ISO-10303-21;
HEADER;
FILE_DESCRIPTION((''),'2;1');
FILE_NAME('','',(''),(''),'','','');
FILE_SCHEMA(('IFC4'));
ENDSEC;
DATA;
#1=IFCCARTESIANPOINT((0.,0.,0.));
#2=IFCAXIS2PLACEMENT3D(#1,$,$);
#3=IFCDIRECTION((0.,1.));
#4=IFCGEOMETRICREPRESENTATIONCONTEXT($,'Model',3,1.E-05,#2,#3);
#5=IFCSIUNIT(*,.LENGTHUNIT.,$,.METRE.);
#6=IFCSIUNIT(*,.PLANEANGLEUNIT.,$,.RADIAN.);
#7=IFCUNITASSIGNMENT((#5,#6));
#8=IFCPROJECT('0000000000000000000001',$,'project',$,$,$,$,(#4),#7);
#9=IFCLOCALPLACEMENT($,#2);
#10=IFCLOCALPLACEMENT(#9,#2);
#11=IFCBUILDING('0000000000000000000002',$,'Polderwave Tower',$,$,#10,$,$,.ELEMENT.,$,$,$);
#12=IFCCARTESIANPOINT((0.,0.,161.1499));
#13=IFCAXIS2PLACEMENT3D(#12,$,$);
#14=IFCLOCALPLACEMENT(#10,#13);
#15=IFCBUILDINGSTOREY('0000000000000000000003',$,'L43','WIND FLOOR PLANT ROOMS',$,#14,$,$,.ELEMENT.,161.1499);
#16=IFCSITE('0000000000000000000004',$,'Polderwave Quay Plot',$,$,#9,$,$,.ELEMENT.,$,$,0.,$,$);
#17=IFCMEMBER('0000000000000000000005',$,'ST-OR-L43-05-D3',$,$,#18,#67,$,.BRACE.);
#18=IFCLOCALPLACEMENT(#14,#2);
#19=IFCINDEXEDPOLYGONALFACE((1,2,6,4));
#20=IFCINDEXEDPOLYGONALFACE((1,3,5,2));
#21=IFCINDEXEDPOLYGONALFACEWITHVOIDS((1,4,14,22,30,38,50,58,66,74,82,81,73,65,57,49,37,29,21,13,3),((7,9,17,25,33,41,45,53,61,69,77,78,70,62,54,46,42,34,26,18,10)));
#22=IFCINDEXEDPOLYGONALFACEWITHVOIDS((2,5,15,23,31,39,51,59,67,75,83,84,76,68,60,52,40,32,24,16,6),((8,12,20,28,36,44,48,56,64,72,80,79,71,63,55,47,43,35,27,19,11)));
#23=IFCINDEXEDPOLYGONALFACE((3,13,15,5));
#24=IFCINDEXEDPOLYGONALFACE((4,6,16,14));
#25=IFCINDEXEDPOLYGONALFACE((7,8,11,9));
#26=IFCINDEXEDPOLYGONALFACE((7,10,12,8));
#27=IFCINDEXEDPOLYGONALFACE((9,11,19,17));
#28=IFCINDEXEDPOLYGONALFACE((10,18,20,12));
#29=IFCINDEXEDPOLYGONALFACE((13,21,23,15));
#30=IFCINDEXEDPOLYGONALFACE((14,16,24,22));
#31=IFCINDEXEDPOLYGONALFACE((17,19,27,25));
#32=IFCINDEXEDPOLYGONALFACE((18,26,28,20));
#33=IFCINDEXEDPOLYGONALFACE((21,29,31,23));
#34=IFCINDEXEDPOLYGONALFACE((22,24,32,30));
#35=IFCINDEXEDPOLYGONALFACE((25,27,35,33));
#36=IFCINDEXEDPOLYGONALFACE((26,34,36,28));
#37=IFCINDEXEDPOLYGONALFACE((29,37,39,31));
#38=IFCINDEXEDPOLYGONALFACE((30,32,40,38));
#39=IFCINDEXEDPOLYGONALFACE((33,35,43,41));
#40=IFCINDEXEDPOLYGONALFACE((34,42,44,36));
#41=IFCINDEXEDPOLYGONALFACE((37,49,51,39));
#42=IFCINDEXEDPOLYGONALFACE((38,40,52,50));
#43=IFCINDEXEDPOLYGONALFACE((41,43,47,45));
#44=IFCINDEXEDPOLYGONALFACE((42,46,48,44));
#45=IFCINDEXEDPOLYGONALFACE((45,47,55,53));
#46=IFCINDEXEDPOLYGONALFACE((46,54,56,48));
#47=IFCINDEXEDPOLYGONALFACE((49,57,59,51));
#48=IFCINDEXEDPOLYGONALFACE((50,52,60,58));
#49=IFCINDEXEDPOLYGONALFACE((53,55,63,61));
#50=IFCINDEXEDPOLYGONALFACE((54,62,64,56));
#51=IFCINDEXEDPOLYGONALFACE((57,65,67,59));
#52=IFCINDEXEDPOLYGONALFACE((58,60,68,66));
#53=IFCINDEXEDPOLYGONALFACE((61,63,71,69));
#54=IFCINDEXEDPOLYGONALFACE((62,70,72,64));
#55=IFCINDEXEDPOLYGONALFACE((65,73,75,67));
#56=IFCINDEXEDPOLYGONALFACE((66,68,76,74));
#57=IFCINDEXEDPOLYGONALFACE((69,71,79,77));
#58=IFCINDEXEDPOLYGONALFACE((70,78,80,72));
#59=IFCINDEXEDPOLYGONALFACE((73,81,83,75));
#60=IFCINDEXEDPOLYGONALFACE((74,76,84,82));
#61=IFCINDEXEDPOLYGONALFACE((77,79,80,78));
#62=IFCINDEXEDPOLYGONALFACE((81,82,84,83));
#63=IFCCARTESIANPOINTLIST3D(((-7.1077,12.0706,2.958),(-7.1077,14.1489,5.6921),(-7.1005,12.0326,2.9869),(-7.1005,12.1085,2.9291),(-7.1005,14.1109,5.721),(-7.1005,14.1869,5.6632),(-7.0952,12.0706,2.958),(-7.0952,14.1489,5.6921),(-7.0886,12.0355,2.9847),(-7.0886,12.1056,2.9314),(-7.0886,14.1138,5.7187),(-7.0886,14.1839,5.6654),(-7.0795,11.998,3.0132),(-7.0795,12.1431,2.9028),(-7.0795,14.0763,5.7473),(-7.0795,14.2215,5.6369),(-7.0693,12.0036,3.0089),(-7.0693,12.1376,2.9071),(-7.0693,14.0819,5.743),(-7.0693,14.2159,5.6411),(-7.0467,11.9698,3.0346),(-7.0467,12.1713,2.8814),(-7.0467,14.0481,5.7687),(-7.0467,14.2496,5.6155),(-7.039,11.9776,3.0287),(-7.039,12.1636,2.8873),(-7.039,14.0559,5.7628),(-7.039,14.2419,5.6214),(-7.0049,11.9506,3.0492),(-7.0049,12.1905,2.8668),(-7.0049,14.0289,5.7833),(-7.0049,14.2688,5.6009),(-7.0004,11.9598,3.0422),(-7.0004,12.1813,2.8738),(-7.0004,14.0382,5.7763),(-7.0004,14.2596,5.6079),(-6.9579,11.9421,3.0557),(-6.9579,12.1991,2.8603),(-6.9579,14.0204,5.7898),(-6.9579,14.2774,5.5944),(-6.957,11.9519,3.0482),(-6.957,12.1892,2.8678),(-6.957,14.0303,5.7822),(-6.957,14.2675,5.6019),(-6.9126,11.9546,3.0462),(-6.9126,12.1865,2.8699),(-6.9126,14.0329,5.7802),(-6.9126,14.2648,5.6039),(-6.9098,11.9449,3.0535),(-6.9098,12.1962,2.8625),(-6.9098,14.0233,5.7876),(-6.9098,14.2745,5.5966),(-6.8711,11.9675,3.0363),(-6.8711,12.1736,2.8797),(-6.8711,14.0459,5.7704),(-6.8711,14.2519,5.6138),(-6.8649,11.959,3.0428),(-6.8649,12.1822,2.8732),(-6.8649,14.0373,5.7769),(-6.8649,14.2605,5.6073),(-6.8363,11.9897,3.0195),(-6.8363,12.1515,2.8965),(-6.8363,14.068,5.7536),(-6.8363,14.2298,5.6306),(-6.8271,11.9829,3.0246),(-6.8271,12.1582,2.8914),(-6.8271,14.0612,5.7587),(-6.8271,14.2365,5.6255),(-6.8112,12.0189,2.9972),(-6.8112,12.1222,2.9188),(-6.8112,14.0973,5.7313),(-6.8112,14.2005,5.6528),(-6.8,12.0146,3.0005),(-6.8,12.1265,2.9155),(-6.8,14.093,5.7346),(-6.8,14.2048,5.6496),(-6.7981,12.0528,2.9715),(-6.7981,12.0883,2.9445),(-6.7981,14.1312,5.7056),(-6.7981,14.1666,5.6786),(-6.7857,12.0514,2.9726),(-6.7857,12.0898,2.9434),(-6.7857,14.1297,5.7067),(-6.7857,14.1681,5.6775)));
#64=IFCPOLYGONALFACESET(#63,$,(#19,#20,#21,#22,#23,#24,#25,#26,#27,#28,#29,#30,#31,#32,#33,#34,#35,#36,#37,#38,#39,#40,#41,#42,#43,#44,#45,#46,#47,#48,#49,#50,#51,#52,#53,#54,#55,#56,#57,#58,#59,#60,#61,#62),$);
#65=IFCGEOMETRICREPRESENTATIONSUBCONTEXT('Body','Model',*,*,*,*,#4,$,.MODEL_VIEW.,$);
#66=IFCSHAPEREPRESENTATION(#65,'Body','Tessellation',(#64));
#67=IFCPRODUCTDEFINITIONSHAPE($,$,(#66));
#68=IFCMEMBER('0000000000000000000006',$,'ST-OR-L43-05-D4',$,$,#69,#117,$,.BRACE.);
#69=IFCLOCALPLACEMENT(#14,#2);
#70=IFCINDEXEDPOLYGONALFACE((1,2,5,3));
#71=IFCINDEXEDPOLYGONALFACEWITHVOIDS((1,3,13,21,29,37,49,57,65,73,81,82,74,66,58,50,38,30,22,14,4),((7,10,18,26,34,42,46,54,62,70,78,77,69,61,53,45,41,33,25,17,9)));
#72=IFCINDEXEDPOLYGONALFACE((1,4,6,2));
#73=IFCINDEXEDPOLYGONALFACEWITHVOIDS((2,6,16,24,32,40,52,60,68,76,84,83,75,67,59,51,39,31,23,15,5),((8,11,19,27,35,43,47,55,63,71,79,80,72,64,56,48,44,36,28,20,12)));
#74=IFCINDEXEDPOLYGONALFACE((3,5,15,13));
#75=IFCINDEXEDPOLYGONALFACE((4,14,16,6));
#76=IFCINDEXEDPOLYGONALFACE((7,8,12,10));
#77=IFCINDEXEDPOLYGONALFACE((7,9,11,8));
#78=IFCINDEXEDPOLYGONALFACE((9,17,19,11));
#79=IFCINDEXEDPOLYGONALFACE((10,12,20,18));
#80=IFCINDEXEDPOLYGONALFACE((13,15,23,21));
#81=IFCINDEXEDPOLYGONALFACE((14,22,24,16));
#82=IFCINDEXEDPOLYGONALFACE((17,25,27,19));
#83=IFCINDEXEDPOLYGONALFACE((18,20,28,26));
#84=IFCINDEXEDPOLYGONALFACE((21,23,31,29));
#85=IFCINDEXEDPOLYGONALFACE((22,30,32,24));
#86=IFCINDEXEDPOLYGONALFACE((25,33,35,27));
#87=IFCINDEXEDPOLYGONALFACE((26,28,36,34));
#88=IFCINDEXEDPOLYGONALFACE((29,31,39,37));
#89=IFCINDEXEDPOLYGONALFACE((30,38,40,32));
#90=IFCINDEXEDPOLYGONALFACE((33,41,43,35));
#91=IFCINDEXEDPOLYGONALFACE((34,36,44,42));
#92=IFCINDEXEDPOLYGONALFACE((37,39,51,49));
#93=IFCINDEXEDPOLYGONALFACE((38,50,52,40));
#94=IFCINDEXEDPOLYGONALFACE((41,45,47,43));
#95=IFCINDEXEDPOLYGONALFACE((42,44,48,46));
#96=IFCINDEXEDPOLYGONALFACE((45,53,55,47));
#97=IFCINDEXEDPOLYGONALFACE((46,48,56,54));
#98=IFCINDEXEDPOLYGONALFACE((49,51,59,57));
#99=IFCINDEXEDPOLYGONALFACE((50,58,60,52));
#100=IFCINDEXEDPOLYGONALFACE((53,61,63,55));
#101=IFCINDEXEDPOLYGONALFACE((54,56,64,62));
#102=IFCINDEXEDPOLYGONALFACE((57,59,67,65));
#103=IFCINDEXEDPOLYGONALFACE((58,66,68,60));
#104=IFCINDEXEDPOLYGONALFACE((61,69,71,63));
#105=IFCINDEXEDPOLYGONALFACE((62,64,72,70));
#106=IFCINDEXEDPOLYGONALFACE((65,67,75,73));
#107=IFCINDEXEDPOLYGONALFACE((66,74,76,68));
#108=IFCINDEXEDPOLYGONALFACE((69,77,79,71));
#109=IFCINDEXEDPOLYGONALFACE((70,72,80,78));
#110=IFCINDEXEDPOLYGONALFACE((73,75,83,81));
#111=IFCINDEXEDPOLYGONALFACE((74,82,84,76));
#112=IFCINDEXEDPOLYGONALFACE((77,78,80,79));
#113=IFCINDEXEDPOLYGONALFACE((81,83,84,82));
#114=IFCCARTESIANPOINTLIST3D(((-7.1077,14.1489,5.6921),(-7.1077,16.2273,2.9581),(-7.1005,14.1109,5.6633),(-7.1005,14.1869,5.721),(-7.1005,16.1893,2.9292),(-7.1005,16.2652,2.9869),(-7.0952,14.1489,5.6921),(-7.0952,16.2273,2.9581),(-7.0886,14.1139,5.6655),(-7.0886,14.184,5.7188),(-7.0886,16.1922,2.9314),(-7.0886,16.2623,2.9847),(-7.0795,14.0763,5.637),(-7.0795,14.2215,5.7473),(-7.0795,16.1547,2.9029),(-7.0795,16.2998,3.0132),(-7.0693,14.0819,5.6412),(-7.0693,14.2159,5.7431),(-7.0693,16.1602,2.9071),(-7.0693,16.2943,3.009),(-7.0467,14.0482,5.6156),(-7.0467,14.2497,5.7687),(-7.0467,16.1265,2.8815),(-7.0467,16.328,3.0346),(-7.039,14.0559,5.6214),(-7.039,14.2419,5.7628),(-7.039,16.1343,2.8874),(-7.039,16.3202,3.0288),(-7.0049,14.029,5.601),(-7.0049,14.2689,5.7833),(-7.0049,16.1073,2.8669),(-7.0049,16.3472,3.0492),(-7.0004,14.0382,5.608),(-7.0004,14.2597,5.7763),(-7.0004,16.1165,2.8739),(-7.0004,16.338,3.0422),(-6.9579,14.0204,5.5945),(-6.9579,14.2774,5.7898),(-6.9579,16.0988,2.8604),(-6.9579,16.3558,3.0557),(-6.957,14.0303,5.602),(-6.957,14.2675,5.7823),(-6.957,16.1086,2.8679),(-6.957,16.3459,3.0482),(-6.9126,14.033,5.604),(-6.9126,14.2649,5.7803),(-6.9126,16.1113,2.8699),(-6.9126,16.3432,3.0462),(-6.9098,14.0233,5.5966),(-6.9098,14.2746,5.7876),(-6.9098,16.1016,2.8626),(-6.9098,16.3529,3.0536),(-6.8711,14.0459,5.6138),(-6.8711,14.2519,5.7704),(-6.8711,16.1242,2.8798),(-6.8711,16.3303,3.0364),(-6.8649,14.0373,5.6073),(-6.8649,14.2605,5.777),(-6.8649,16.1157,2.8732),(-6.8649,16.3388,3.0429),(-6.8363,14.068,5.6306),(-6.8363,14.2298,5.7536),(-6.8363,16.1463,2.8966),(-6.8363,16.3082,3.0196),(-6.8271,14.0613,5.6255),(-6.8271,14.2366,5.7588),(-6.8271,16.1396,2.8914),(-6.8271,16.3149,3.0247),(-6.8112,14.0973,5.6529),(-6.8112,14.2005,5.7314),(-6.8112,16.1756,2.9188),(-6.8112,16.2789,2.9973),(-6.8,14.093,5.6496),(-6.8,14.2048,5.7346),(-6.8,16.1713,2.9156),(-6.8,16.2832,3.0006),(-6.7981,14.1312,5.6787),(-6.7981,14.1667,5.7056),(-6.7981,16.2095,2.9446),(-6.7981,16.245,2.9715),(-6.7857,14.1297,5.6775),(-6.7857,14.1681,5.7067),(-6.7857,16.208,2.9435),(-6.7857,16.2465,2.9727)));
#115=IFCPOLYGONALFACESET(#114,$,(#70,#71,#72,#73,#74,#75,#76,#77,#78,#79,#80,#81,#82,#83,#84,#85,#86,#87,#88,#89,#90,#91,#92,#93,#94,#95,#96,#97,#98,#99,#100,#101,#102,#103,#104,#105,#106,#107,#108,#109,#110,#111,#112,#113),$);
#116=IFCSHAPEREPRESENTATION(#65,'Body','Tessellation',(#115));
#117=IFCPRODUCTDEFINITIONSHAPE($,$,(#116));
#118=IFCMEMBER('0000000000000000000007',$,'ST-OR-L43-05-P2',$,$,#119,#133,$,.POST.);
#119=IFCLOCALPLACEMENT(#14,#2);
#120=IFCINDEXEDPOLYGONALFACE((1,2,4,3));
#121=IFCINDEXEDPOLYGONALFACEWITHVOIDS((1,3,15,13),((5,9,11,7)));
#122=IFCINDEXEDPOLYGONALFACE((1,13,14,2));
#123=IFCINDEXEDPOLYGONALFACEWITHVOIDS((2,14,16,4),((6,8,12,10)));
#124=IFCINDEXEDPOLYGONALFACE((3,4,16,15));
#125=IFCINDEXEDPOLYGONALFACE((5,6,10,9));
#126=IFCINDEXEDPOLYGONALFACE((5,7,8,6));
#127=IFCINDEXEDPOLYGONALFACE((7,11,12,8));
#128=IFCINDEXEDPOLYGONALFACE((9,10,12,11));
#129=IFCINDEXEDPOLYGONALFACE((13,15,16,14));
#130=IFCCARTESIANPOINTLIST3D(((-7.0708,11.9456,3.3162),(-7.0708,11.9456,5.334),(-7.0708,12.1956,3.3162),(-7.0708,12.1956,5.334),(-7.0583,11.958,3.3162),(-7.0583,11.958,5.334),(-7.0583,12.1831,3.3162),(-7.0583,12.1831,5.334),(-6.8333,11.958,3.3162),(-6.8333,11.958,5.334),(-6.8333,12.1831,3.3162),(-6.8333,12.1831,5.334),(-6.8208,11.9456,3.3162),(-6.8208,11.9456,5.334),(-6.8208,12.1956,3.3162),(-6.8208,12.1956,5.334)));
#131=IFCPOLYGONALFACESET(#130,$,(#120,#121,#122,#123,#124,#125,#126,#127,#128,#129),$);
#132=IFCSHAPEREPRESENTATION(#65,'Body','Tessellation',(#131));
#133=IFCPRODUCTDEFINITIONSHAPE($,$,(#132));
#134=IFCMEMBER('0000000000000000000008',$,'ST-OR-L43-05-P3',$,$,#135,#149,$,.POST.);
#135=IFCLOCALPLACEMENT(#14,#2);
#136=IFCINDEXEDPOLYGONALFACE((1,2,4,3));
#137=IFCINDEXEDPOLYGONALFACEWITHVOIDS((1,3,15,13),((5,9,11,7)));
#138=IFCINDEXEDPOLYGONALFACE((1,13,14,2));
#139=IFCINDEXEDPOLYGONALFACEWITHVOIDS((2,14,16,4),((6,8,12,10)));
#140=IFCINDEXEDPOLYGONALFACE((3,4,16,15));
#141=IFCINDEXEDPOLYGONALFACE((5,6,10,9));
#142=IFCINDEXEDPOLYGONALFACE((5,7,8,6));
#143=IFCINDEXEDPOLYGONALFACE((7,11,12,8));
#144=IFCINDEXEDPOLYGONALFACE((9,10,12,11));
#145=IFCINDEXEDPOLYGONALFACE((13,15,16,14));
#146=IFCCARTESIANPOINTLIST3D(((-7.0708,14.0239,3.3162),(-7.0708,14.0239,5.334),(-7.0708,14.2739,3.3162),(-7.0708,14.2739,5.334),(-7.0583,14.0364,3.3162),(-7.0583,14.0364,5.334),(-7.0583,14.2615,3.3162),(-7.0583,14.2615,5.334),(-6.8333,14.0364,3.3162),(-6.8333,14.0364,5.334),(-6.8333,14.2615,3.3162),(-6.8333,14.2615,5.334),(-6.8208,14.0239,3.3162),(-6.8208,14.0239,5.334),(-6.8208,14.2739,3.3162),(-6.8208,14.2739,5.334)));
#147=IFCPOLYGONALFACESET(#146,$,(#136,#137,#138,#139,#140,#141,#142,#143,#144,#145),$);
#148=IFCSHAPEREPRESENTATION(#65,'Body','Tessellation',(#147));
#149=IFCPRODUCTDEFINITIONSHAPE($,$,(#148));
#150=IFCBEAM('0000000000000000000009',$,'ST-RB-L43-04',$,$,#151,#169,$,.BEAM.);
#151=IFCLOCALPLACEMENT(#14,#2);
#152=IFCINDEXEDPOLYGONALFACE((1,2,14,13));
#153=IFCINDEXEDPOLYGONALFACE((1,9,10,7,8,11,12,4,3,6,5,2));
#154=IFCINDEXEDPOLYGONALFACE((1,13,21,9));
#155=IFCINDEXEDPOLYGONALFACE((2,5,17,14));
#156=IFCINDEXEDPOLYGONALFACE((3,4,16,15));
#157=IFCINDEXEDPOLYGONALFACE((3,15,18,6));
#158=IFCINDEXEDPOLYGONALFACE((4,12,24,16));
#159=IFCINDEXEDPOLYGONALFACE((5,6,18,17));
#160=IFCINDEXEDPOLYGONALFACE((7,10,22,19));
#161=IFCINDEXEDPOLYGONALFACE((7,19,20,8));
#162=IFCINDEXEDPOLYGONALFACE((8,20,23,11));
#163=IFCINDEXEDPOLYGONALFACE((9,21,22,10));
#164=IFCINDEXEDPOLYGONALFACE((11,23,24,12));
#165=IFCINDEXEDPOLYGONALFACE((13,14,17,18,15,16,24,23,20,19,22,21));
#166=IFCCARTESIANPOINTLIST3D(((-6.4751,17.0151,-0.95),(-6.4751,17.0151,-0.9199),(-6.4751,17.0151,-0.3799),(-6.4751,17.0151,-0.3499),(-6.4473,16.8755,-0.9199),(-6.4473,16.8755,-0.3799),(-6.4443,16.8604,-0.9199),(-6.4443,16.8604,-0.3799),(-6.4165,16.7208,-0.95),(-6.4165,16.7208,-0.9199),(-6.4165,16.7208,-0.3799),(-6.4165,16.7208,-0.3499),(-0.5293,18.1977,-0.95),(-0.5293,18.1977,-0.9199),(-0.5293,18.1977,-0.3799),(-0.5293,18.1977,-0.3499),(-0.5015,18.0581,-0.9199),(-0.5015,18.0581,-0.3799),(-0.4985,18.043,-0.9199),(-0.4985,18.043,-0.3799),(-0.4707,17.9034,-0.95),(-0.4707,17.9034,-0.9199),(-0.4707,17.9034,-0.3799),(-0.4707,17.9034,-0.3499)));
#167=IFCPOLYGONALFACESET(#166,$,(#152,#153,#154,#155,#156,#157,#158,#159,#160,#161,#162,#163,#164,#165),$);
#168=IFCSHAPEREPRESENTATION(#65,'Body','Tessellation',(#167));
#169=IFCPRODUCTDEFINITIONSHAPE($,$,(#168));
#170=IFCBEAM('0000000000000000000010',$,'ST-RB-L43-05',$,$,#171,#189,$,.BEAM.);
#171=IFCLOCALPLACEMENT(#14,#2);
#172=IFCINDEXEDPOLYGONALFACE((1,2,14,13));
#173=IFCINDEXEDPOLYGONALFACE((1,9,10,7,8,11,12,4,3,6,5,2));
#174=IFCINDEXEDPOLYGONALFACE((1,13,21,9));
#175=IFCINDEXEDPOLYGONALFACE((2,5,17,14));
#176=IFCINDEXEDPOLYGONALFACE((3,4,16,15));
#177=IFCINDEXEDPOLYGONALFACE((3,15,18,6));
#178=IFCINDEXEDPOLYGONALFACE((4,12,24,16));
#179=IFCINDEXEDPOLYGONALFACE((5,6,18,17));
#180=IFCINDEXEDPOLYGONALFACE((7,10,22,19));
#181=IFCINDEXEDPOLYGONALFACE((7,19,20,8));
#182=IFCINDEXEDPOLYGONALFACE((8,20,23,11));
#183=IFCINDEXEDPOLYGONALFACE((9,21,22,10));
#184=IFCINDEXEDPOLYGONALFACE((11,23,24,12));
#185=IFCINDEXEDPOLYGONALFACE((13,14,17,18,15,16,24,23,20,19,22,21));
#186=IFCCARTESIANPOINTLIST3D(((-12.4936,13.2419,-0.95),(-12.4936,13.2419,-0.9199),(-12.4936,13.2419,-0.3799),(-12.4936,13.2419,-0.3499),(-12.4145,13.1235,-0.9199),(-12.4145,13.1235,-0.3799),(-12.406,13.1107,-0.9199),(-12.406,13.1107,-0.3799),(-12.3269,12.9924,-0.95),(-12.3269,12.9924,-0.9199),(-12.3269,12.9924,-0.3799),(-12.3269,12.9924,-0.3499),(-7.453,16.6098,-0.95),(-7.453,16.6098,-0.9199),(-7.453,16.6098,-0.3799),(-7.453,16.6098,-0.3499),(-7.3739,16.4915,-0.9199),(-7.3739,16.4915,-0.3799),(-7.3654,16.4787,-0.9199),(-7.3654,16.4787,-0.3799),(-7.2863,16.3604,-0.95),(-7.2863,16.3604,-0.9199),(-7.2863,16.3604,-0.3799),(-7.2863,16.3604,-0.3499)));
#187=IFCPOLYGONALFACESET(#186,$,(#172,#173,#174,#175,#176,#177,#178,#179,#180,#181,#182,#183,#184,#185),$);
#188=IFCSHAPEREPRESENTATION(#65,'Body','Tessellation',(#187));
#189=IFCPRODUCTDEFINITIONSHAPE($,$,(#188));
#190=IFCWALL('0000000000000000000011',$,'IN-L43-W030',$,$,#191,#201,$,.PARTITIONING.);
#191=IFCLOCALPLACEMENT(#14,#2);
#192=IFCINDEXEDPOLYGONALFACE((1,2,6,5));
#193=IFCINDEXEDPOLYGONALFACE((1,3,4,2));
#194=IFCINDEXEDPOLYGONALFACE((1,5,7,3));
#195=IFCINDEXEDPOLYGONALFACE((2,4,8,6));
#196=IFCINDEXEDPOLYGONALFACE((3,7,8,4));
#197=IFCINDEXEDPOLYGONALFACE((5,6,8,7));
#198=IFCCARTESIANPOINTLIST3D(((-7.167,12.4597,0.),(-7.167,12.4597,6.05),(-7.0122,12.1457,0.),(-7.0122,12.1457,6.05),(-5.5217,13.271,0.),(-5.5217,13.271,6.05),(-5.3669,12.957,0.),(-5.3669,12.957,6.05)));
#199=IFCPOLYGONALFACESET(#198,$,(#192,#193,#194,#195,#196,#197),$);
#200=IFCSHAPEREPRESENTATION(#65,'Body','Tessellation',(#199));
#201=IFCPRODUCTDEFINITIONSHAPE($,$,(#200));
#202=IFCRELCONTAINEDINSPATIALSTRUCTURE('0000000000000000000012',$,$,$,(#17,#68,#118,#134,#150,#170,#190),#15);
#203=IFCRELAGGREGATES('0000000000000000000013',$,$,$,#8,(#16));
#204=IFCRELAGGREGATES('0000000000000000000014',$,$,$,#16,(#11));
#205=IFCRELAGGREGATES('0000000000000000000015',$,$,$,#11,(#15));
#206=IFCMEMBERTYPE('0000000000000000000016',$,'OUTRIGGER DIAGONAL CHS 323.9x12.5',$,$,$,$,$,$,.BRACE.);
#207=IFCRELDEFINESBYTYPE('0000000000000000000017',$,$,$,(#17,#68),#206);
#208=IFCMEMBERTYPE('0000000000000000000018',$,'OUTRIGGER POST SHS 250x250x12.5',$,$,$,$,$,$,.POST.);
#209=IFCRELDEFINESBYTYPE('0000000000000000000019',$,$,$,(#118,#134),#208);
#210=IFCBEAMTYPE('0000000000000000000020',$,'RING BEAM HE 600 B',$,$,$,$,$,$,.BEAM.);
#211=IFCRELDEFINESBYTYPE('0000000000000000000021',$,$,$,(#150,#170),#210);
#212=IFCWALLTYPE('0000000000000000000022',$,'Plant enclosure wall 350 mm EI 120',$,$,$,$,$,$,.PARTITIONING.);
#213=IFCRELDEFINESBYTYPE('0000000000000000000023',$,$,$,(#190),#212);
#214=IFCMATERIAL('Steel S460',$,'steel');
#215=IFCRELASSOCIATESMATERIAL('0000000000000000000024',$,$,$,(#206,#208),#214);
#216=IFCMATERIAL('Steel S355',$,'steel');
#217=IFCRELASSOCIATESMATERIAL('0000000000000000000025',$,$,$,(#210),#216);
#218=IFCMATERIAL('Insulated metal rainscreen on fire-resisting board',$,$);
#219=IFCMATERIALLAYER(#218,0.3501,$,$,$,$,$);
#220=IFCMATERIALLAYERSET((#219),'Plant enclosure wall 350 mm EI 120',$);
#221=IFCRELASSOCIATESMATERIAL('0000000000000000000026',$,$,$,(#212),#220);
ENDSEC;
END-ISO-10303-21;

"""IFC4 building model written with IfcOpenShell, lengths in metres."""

from ifc_helpers import new_model, si_unit, direction, frame, frame_2d, origin, origin_2d, place, context, subcontext, project, spatial, rectangle, hollow_rectangle, hollow_circle, i_section, extrude, material, layer, layer_set, material_profile, profile_set, type_object, element, save


model = new_model("IFC4")

# Units and contexts
model_context = context("Model", 3, precision=1e-05, world=origin(), true_north=direction((0.0, 1.0)))
body_context = subcontext(model_context, "Body", "Model", "MODEL_VIEW")
ifc_project = project(units=[si_unit("LENGTHUNIT", "METRE"), si_unit("PLANEANGLEUNIT", "RADIAN")], contexts=[model_context])

# Site, building, storey
site_placement = place(None, origin())
site = spatial("IfcSite", under=ifc_project, at=site_placement, Name="Polderwave Quay Plot", CompositionType="ELEMENT", RefElevation=0.0)
building_placement = place(site_placement, origin())
building = spatial("IfcBuilding", under=site, at=building_placement, Name="Polderwave Tower", CompositionType="ELEMENT")
storey_placement = place(building_placement, frame((0.0, 0.0, 161.1499)))
storey = spatial("IfcBuildingStorey", under=building, at=storey_placement, Name="L43", Description="WIND FLOOR PLANT ROOMS", CompositionType="ELEMENT", Elevation=161.1499)

# Members
ifc_material_1 = material(Name="Steel S460", Category="steel")
ifc_material_profile_1 = material_profile(ifc_material_1, hollow_circle(Radius=0.1619, WallThickness=0.0125, at=origin_2d()), Name="CHS 323.9x12.5")
ifc_profile_set_1 = profile_set([ifc_material_profile_1], Name="Steel S460")
member_type_1 = type_object("IfcMemberType", Name="OUTRIGGER DIAGONAL CHS 323.9x12.5", PredefinedType="BRACE", material=ifc_profile_set_1)
for number, where, z_axis, x_axis, name in (
    (1, (-6.9458, 12.0706, 2.958), (0.0, 0.605163, 0.796102), (-1.0, 0.0, 0.0), "ST-OR-L43-05-D3"),
    (2, (-6.9458, 14.1489, 5.6921), (0.0, 0.605163, -0.796102), (-1.0, 0.0, 0.0), "ST-OR-L43-05-D4"),
):
    element("IfcMember", number, at=place(storey_placement, frame(where, z_axis=z_axis, x_axis=x_axis)), inside=storey, type_object=member_type_1, Name=name, PredefinedType="BRACE", context=body_context, shape_type="SweptSolid", body=[
        extrude(hollow_circle(Radius=0.1619, WallThickness=0.0125, at=origin_2d()), origin(), (0.0, 0.0, 1.0), 3.4343),
    ])
ifc_material_profile_2 = material_profile(ifc_material_1, hollow_rectangle(XDim=0.25, YDim=0.25, WallThickness=0.0125, at=origin_2d()), Name="SHS 250x250x12.5")
ifc_profile_set_2 = profile_set([ifc_material_profile_2], Name="Steel S460")
member_type_2 = type_object("IfcMemberType", Name="OUTRIGGER POST SHS 250x250x12.5", PredefinedType="POST", material=ifc_profile_set_2)
for number, where, z_axis, x_axis, name in (
    (3, (-6.9458, 12.0706, 3.3162), (0.0, 0.0, 1.0), (1.0, 0.0, 0.0), "ST-OR-L43-05-P2"),
    (4, (-6.9458, 14.1489, 3.3162), (0.0, 0.0, 1.0), (1.0, 0.0, 0.0), "ST-OR-L43-05-P3"),
):
    element("IfcMember", number, at=place(storey_placement, frame(where, z_axis=z_axis, x_axis=x_axis)), inside=storey, type_object=member_type_2, Name=name, PredefinedType="POST", context=body_context, shape_type="SweptSolid", body=[
        extrude(hollow_rectangle(XDim=0.25, YDim=0.25, WallThickness=0.0125, at=origin_2d()), origin(), (0.0, 0.0, 1.0), 2.0178),
    ])

# Beams
ifc_material_2 = material(Name="Steel S355", Category="steel")
ifc_material_profile_3 = material_profile(ifc_material_2, i_section(OverallWidth=0.3, OverallDepth=0.6001, WebThickness=0.0154, FlangeThickness=0.03, at=origin_2d()), Name="HE 600 B")
ifc_profile_set_3 = profile_set([ifc_material_profile_3], Name="Steel S355")
beam_type = type_object("IfcBeamType", Name="RING BEAM HE 600 B", PredefinedType="BEAM", material=ifc_profile_set_3)
for number, where, z_axis, x_axis, name in (
    (5, (-0.5, 18.0505, -0.6499), (-0.980788, -0.195078, 0.0), (0.195078, -0.980788, 0.0), "ST-RB-L43-04"),
    (6, (-7.3696, 16.4851, -0.6499), (-0.831474, -0.555564, 0.0), (0.555564, -0.831474, 0.0), "ST-RB-L43-05"),
):
    element("IfcBeam", number, at=place(storey_placement, frame(where, z_axis=z_axis, x_axis=x_axis)), inside=storey, type_object=beam_type, Name=name, PredefinedType="BEAM", context=body_context, shape_type="SweptSolid", body=[
        extrude(i_section(OverallWidth=0.3, OverallDepth=0.6001, WebThickness=0.0154, FlangeThickness=0.03, at=origin_2d()), origin(), (0.0, 0.0, 1.0), 6.0623),
    ])

# Wall
ifc_material_3 = material(Name="Insulated metal rainscreen on fire-resisting board")
ifc_layer_1 = layer(ifc_material_3, 0.3501)
ifc_layer_set_1 = layer_set([ifc_layer_1], Name="Plant enclosure wall 350 mm EI 120")
wall_type_1 = type_object("IfcWallType", Name="Plant enclosure wall 350 mm EI 120", PredefinedType="PARTITIONING", material=ifc_layer_set_1)
for number, where, z_axis, x_axis, name in (
    (7, (-7.0896, 12.3027, 0.0), (0.0, 0.0, 1.0), (0.896889, 0.442256, 0.0), "IN-L43-W030"),
):
    element("IfcWall", number, at=place(storey_placement, frame(where, z_axis=z_axis, x_axis=x_axis)), inside=storey, type_object=wall_type_1, Name=name, PredefinedType="PARTITIONING", context=body_context, shape_type="SweptSolid", body=[
        extrude(rectangle(XDim=1.8345, YDim=0.3501, at=frame_2d((0.9172, 0.0))), origin(), (0.0, 0.0, 1.0), 6.05),
    ])

save(model, "model.ifc")
